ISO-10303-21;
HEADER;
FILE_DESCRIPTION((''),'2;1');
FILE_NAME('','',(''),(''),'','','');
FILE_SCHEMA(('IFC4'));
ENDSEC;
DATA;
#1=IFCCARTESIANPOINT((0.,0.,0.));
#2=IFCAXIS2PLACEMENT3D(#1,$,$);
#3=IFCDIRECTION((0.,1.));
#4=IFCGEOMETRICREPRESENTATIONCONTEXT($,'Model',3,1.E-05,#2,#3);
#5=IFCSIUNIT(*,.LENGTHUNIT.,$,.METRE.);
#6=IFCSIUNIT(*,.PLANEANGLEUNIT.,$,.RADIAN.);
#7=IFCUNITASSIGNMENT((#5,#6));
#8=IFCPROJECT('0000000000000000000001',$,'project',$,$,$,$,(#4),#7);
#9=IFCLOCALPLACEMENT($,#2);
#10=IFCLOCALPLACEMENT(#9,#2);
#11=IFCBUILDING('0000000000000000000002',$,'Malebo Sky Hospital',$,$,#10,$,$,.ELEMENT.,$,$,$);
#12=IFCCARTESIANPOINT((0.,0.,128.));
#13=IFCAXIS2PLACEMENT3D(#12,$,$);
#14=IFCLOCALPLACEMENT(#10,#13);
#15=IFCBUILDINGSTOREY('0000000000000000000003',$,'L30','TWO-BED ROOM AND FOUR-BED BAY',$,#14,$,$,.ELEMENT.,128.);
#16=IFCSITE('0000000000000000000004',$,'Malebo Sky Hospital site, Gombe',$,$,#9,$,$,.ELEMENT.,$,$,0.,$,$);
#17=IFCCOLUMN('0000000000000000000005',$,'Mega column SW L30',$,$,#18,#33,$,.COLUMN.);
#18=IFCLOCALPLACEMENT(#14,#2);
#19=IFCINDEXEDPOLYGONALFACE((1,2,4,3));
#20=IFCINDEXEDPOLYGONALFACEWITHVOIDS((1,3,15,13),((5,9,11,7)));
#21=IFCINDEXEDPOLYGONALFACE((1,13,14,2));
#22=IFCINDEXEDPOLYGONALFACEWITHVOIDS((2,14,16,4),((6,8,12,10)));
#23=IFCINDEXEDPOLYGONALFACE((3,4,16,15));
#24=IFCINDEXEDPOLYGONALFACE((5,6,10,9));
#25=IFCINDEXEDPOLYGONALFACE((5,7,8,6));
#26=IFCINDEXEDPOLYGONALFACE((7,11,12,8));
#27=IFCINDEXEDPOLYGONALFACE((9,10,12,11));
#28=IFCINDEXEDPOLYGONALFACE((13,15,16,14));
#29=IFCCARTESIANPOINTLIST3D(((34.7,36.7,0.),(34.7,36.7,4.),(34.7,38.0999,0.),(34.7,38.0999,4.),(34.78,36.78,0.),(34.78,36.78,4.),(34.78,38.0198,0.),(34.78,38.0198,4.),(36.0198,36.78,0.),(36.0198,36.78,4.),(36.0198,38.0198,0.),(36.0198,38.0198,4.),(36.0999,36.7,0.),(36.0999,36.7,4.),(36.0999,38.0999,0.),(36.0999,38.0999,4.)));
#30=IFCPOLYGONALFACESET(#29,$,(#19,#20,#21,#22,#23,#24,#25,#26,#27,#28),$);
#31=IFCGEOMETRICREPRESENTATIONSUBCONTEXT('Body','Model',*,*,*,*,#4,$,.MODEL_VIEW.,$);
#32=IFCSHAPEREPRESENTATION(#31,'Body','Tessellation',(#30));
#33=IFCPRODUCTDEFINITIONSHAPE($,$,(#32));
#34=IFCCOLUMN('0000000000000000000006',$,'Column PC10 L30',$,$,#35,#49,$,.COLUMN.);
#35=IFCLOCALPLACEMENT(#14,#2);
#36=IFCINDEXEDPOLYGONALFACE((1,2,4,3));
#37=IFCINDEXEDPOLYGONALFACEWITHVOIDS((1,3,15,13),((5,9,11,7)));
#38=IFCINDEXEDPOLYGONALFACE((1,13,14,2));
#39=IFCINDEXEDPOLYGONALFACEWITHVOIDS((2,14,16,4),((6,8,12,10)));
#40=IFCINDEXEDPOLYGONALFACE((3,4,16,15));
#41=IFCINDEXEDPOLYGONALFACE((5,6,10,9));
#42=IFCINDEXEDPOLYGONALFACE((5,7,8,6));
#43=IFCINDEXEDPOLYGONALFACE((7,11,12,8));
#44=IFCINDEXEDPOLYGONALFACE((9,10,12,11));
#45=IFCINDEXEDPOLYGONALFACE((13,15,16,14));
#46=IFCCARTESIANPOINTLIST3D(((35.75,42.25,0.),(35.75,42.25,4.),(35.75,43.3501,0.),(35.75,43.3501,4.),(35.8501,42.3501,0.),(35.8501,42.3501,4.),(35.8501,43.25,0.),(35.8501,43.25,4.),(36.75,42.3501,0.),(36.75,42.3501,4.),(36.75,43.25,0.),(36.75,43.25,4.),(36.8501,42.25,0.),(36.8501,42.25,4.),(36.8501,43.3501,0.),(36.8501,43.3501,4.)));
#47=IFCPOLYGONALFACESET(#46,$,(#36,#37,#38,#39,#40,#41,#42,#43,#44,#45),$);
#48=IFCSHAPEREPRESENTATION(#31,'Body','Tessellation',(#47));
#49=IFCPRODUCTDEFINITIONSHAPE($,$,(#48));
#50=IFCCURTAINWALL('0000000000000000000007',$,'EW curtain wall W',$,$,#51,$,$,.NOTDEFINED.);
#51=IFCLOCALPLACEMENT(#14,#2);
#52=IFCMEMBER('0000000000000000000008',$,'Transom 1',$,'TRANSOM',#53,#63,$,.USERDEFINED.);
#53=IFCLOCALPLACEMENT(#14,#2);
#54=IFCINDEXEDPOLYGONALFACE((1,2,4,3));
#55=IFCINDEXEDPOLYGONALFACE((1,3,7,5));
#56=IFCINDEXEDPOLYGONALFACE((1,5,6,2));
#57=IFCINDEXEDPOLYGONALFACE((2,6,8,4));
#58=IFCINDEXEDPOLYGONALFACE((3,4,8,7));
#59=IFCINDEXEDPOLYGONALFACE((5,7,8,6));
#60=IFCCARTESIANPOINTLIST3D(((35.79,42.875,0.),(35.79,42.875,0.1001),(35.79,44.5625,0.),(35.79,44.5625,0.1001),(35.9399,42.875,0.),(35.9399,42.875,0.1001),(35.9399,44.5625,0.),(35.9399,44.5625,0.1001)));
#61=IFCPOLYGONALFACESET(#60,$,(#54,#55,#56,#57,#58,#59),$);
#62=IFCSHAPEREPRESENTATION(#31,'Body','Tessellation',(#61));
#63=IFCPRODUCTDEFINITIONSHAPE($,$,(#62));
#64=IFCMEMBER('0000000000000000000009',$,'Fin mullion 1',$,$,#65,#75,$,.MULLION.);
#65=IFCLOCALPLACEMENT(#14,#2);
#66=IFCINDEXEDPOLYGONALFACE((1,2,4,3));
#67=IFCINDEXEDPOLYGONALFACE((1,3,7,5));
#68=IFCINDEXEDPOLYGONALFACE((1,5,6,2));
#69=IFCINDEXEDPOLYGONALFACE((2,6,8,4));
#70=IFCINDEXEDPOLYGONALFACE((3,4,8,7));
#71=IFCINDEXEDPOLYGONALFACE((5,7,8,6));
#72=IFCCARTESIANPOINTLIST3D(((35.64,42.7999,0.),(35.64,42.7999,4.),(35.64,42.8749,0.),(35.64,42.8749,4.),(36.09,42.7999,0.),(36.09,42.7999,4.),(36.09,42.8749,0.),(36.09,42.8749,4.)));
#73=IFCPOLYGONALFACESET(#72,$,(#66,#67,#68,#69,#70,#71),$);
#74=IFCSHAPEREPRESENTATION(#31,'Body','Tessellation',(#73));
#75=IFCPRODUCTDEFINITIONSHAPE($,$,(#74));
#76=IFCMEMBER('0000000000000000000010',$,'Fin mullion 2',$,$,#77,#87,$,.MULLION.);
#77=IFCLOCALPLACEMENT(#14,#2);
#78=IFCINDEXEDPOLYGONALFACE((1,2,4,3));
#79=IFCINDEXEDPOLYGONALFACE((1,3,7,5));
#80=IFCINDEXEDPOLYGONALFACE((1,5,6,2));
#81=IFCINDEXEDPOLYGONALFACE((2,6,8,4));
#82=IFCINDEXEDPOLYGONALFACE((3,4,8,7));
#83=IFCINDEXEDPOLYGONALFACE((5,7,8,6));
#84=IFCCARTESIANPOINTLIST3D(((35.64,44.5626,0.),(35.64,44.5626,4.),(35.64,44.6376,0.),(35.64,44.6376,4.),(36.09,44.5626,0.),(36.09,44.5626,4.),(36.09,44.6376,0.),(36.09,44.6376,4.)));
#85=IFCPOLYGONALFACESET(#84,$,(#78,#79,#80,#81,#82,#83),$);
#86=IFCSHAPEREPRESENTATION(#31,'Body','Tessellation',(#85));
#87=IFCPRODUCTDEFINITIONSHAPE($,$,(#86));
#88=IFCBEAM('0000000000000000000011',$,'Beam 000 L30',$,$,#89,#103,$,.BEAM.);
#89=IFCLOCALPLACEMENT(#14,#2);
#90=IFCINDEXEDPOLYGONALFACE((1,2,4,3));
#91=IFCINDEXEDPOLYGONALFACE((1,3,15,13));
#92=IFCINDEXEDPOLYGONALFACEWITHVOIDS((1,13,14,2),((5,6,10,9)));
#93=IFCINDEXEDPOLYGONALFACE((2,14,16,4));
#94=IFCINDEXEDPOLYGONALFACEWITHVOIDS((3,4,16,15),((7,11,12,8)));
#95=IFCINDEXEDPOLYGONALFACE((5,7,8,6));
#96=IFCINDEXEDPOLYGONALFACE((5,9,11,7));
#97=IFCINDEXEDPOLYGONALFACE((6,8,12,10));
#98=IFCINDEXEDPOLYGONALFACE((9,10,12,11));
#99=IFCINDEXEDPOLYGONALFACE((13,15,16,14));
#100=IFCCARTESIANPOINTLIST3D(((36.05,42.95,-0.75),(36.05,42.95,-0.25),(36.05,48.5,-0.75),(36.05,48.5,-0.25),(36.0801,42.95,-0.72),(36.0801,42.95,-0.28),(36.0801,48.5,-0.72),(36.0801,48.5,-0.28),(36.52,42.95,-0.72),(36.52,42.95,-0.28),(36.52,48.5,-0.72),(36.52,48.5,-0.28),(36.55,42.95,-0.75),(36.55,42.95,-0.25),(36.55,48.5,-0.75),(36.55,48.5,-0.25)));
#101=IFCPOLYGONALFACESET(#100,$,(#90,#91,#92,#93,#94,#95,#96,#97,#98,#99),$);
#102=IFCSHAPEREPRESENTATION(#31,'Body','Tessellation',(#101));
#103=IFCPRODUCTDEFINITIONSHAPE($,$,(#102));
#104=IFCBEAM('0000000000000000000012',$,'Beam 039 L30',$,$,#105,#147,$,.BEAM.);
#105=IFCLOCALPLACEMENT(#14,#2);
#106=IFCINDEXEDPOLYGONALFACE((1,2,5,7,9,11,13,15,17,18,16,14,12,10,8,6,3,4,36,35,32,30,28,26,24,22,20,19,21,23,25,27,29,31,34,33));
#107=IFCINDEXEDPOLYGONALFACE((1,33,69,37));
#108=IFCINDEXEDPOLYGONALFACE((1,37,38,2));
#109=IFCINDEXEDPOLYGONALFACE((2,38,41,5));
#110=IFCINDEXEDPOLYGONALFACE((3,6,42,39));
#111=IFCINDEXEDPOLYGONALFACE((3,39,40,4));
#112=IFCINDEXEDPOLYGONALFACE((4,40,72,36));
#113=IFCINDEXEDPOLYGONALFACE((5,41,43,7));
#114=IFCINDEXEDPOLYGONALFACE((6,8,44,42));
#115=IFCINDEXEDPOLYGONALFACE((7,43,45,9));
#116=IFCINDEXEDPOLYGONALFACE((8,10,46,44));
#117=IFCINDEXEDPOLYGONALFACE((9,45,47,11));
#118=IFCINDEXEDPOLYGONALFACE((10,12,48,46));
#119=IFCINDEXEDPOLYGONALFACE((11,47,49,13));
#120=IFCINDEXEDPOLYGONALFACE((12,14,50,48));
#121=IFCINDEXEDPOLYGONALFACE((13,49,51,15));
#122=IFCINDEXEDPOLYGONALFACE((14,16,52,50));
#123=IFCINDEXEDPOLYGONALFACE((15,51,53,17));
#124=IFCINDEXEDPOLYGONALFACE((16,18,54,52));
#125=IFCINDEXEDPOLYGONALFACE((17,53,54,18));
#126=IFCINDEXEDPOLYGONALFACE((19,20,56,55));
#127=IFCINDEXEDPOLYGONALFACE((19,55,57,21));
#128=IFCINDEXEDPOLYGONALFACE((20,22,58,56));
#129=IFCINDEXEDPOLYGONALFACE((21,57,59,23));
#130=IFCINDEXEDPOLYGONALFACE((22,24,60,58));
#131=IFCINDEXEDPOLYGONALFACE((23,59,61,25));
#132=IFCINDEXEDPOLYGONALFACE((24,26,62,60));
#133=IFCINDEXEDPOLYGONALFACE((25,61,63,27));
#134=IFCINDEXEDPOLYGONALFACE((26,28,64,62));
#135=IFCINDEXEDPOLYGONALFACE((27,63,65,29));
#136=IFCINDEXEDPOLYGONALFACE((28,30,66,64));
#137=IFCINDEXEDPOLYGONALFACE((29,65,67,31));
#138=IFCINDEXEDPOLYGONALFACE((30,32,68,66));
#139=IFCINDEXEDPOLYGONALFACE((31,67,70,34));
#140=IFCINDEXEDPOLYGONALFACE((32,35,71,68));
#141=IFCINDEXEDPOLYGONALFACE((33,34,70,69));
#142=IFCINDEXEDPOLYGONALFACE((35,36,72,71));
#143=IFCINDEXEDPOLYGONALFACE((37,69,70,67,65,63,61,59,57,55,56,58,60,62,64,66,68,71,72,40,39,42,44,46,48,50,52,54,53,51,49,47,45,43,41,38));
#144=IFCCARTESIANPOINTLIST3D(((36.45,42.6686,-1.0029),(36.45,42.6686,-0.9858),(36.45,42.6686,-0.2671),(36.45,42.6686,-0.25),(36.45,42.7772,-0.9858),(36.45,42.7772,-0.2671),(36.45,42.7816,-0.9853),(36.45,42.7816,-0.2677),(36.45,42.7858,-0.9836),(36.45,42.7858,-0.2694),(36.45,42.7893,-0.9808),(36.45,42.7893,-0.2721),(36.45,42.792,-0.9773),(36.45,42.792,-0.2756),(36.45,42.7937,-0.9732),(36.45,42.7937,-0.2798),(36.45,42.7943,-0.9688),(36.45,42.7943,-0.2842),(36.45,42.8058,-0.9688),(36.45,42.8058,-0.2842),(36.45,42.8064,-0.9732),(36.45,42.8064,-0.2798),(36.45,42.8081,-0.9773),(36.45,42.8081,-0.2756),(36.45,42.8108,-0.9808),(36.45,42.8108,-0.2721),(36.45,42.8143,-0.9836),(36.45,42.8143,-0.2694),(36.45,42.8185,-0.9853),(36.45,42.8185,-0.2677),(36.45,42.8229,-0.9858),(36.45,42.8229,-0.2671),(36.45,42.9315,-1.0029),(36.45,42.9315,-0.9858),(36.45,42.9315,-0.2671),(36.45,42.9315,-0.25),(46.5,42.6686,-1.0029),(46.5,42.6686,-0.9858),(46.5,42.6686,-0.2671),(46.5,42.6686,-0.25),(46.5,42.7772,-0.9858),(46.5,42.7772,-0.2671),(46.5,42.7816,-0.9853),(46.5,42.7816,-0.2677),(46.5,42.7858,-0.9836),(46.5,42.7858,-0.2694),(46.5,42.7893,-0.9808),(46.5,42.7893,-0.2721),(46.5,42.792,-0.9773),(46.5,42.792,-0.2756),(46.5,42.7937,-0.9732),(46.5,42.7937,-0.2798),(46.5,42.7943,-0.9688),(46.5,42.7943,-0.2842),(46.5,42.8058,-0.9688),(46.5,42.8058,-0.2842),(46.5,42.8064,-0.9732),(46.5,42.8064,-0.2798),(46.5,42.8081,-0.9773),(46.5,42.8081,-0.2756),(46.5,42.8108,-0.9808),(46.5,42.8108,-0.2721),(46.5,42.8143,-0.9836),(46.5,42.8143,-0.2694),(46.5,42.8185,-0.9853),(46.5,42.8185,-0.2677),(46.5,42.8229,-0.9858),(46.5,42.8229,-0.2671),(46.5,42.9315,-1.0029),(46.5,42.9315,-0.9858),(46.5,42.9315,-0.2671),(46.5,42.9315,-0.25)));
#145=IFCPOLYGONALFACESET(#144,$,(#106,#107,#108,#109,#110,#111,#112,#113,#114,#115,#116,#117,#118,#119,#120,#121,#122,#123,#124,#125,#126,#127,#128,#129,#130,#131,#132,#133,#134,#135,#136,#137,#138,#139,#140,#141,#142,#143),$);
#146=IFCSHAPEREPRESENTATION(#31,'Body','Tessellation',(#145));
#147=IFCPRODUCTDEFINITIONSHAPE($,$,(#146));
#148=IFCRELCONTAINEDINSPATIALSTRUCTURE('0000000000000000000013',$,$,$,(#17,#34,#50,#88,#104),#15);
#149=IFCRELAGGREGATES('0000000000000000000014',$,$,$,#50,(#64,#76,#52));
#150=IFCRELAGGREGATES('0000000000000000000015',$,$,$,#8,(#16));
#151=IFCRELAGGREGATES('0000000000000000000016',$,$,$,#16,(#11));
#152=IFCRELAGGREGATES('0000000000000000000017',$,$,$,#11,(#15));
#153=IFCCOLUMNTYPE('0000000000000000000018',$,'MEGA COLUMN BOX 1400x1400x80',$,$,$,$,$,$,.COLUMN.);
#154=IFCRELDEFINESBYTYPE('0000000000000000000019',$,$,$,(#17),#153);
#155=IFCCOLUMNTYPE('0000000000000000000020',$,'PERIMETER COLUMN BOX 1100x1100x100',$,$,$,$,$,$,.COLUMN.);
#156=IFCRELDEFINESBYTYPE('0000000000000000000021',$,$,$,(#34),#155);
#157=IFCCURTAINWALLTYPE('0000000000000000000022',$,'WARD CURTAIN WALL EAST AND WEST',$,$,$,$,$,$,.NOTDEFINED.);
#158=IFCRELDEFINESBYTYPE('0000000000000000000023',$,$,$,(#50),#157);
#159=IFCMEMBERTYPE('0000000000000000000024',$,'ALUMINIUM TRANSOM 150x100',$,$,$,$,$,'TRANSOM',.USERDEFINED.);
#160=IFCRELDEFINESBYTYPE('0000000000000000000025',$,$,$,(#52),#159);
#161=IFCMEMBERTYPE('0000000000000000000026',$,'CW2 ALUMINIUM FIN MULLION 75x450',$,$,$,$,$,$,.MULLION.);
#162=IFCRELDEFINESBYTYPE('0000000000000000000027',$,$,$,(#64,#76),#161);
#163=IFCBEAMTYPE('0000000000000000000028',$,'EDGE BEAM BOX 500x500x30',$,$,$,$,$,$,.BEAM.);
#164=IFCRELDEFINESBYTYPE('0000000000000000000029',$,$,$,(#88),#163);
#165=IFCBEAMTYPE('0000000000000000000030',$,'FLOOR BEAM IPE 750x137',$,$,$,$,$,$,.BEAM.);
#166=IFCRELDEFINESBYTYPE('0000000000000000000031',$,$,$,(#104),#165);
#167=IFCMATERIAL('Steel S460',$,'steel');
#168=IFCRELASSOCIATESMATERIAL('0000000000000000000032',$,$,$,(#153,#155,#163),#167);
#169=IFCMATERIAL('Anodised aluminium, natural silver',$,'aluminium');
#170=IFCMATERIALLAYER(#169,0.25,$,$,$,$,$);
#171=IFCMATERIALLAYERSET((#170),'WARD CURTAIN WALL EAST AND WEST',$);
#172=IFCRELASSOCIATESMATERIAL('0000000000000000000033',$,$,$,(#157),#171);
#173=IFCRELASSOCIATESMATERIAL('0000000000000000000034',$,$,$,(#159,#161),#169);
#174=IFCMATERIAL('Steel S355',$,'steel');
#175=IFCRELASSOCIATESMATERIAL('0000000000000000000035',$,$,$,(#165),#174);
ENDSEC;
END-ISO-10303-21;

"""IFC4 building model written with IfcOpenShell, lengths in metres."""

from ifc_helpers import new_model, si_unit, direction, frame, origin, origin_2d, place, context, subcontext, project, spatial, rectangle, hollow_rectangle, i_section, extrude, material, layer, layer_set, material_profile, profile_set, type_object, element, aggregate, save


model = new_model("IFC4")

# Units and contexts
model_context = context("Model", 3, precision=1e-05, world=origin(), true_north=direction((0.0, 1.0)))
body_context = subcontext(model_context, "Body", "Model", "MODEL_VIEW")
ifc_project = project(units=[si_unit("LENGTHUNIT", "METRE"), si_unit("PLANEANGLEUNIT", "RADIAN")], contexts=[model_context])

# Site, building, storey
site_placement = place(None, origin())
site = spatial("IfcSite", under=ifc_project, at=site_placement, Name="Malebo Sky Hospital site, Gombe", CompositionType="ELEMENT", RefElevation=0.0)
building_placement = place(site_placement, origin())
building = spatial("IfcBuilding", under=site, at=building_placement, Name="Malebo Sky Hospital", CompositionType="ELEMENT")
storey_placement = place(building_placement, frame((0.0, 0.0, 128.0)))
storey = spatial("IfcBuildingStorey", under=building, at=storey_placement, Name="L30", Description="TWO-BED ROOM AND FOUR-BED BAY", CompositionType="ELEMENT", Elevation=128.0)

# Columns
ifc_material_1 = material(Name="Steel S460", Category="steel")
ifc_material_profile_1 = material_profile(ifc_material_1, hollow_rectangle(XDim=1.3999, YDim=1.3999, WallThickness=0.0801, at=origin_2d()), Name="BOX 1400x1400x80")
ifc_profile_set_1 = profile_set([ifc_material_profile_1], Name="Steel S460")
column_type_1 = type_object("IfcColumnType", Name="MEGA COLUMN BOX 1400x1400x80", PredefinedType="COLUMN", material=ifc_profile_set_1)
column_1_placement = place(storey_placement, frame((35.3999, 37.3999, 0.0), z_axis=(0.0, 0.0, 1.0), x_axis=(1.0, 0.0, 0.0)))
element("IfcColumn", 1, at=column_1_placement, inside=storey, type_object=column_type_1, Name="Mega column SW L30", PredefinedType="COLUMN", context=body_context, shape_type="SweptSolid", body=[
    extrude(hollow_rectangle(XDim=1.3999, YDim=1.3999, WallThickness=0.0801, at=origin_2d()), origin(), (0.0, 0.0, 1.0), 4.0),
])
ifc_material_profile_2 = material_profile(ifc_material_1, hollow_rectangle(XDim=1.1001, YDim=1.1001, WallThickness=0.1001, at=origin_2d()), Name="BOX 1100x1100x100")
ifc_profile_set_2 = profile_set([ifc_material_profile_2], Name="Steel S460")
column_type_2 = type_object("IfcColumnType", Name="PERIMETER COLUMN BOX 1100x1100x100", PredefinedType="COLUMN", material=ifc_profile_set_2)
column_2_placement = place(storey_placement, frame((36.3, 42.8, 0.0), z_axis=(0.0, 0.0, 1.0), x_axis=(1.0, 0.0, 0.0)))
element("IfcColumn", 2, at=column_2_placement, inside=storey, type_object=column_type_2, Name="Column PC10 L30", PredefinedType="COLUMN", context=body_context, shape_type="SweptSolid", body=[
    extrude(hollow_rectangle(XDim=1.1001, YDim=1.1001, WallThickness=0.1001, at=origin_2d()), origin(), (0.0, 0.0, 1.0), 4.0),
])

# Curtain wall, members
ifc_material_2 = material(Name="Anodised aluminium, natural silver", Category="aluminium")
ifc_layer_1 = layer(ifc_material_2, 0.25)
ifc_layer_set_1 = layer_set([ifc_layer_1], Name="WARD CURTAIN WALL EAST AND WEST")
curtain_wall_type = type_object("IfcCurtainWallType", Name="WARD CURTAIN WALL EAST AND WEST", PredefinedType="NOTDEFINED", material=ifc_layer_set_1)
curtain_wall_placement = place(storey_placement, origin())
curtain_wall = element("IfcCurtainWall", 3, at=curtain_wall_placement, inside=storey, type_object=curtain_wall_type, Name="EW curtain wall W", PredefinedType="NOTDEFINED")
ifc_material_profile_3 = material_profile(ifc_material_2, rectangle(XDim=0.1499, YDim=0.1001, at=origin_2d()), Name="ALUMINIUM TRANSOM 150x100")
ifc_profile_set_3 = profile_set([ifc_material_profile_3], Name="Anodised aluminium, natural silver")
member_type_1 = type_object("IfcMemberType", Name="ALUMINIUM TRANSOM 150x100", ElementType="TRANSOM", PredefinedType="USERDEFINED", material=ifc_profile_set_3)
member_1_placement = place(storey_placement, frame((35.865, 42.875, 0.05), z_axis=(0.0, 1.0, 0.0), x_axis=(-1.0, 0.0, 0.0)))
member_1 = element("IfcMember", 4, at=member_1_placement, type_object=member_type_1, Name="Transom 1", ObjectType="TRANSOM", PredefinedType="USERDEFINED", context=body_context, shape_type="SweptSolid", body=[
    extrude(rectangle(XDim=0.1499, YDim=0.1001, at=origin_2d()), origin(), (0.0, 0.0, 1.0), 1.6875),
])
ifc_material_profile_4 = material_profile(ifc_material_2, rectangle(XDim=0.075, YDim=0.45, at=origin_2d()), Name="CW2 ALUMINIUM FIN MULLION 75x450")
ifc_profile_set_4 = profile_set([ifc_material_profile_4], Name="Anodised aluminium, natural silver")
member_type_2 = type_object("IfcMemberType", Name="CW2 ALUMINIUM FIN MULLION 75x450", PredefinedType="MULLION", material=ifc_profile_set_4)
member_2_placement = place(storey_placement, frame((35.865, 42.8374, 0.0), z_axis=(0.0, 0.0, 1.0), x_axis=(0.0, 1.0, 0.0)))
member_2 = element("IfcMember", 5, at=member_2_placement, type_object=member_type_2, Name="Fin mullion 1", PredefinedType="MULLION", context=body_context, shape_type="SweptSolid", body=[
    extrude(rectangle(XDim=0.075, YDim=0.45, at=origin_2d()), origin(), (0.0, 0.0, 1.0), 4.0),
])
member_3_placement = place(storey_placement, frame((35.865, 44.6001, 0.0), z_axis=(0.0, 0.0, 1.0), x_axis=(0.0, 1.0, 0.0)))
member_3 = element("IfcMember", 6, at=member_3_placement, type_object=member_type_2, Name="Fin mullion 2", PredefinedType="MULLION", context=body_context, shape_type="SweptSolid", body=[
    extrude(rectangle(XDim=0.075, YDim=0.45, at=origin_2d()), origin(), (0.0, 0.0, 1.0), 4.0),
])

# Beams
ifc_material_profile_5 = material_profile(ifc_material_1, hollow_rectangle(XDim=0.5, YDim=0.5, WallThickness=0.03, at=origin_2d()), Name="BOX 500x500x30")
ifc_profile_set_5 = profile_set([ifc_material_profile_5], Name="Steel S460")
beam_type_1 = type_object("IfcBeamType", Name="EDGE BEAM BOX 500x500x30", PredefinedType="BEAM", material=ifc_profile_set_5)
beam_1_placement = place(storey_placement, frame((36.3, 42.95, -0.5), z_axis=(0.0, 1.0, 0.0), x_axis=(-1.0, 0.0, 0.0)))
element("IfcBeam", 7, at=beam_1_placement, inside=storey, type_object=beam_type_1, Name="Beam 000 L30", PredefinedType="BEAM", context=body_context, shape_type="SweptSolid", body=[
    extrude(hollow_rectangle(XDim=0.5, YDim=0.5, WallThickness=0.03, at=origin_2d()), origin(), (0.0, 0.0, 1.0), 5.55),
])
ifc_material_3 = material(Name="Steel S355", Category="steel")
ifc_material_profile_6 = material_profile(ifc_material_3, i_section(OverallWidth=0.2629, OverallDepth=0.7529, WebThickness=0.0115, FlangeThickness=0.0171, FilletRadius=0.0171, at=origin_2d()), Name="IPE 750x137")
ifc_profile_set_6 = profile_set([ifc_material_profile_6], Name="Steel S355")
beam_type_2 = type_object("IfcBeamType", Name="FLOOR BEAM IPE 750x137", PredefinedType="BEAM", material=ifc_profile_set_6)
beam_2_placement = place(storey_placement, frame((36.45, 42.8, -0.6265), z_axis=(1.0, 0.0, 0.0), x_axis=(0.0, 1.0, 0.0)))
element("IfcBeam", 8, at=beam_2_placement, inside=storey, type_object=beam_type_2, Name="Beam 039 L30", PredefinedType="BEAM", context=body_context, shape_type="SweptSolid", body=[
    extrude(i_section(OverallWidth=0.2629, OverallDepth=0.7529, WebThickness=0.0115, FlangeThickness=0.0171, FilletRadius=0.0171, at=origin_2d()), origin(), (0.0, 0.0, 1.0), 10.05),
])

aggregate(curtain_wall, [member_2, member_3, member_1])

save(model, "model.ifc")
